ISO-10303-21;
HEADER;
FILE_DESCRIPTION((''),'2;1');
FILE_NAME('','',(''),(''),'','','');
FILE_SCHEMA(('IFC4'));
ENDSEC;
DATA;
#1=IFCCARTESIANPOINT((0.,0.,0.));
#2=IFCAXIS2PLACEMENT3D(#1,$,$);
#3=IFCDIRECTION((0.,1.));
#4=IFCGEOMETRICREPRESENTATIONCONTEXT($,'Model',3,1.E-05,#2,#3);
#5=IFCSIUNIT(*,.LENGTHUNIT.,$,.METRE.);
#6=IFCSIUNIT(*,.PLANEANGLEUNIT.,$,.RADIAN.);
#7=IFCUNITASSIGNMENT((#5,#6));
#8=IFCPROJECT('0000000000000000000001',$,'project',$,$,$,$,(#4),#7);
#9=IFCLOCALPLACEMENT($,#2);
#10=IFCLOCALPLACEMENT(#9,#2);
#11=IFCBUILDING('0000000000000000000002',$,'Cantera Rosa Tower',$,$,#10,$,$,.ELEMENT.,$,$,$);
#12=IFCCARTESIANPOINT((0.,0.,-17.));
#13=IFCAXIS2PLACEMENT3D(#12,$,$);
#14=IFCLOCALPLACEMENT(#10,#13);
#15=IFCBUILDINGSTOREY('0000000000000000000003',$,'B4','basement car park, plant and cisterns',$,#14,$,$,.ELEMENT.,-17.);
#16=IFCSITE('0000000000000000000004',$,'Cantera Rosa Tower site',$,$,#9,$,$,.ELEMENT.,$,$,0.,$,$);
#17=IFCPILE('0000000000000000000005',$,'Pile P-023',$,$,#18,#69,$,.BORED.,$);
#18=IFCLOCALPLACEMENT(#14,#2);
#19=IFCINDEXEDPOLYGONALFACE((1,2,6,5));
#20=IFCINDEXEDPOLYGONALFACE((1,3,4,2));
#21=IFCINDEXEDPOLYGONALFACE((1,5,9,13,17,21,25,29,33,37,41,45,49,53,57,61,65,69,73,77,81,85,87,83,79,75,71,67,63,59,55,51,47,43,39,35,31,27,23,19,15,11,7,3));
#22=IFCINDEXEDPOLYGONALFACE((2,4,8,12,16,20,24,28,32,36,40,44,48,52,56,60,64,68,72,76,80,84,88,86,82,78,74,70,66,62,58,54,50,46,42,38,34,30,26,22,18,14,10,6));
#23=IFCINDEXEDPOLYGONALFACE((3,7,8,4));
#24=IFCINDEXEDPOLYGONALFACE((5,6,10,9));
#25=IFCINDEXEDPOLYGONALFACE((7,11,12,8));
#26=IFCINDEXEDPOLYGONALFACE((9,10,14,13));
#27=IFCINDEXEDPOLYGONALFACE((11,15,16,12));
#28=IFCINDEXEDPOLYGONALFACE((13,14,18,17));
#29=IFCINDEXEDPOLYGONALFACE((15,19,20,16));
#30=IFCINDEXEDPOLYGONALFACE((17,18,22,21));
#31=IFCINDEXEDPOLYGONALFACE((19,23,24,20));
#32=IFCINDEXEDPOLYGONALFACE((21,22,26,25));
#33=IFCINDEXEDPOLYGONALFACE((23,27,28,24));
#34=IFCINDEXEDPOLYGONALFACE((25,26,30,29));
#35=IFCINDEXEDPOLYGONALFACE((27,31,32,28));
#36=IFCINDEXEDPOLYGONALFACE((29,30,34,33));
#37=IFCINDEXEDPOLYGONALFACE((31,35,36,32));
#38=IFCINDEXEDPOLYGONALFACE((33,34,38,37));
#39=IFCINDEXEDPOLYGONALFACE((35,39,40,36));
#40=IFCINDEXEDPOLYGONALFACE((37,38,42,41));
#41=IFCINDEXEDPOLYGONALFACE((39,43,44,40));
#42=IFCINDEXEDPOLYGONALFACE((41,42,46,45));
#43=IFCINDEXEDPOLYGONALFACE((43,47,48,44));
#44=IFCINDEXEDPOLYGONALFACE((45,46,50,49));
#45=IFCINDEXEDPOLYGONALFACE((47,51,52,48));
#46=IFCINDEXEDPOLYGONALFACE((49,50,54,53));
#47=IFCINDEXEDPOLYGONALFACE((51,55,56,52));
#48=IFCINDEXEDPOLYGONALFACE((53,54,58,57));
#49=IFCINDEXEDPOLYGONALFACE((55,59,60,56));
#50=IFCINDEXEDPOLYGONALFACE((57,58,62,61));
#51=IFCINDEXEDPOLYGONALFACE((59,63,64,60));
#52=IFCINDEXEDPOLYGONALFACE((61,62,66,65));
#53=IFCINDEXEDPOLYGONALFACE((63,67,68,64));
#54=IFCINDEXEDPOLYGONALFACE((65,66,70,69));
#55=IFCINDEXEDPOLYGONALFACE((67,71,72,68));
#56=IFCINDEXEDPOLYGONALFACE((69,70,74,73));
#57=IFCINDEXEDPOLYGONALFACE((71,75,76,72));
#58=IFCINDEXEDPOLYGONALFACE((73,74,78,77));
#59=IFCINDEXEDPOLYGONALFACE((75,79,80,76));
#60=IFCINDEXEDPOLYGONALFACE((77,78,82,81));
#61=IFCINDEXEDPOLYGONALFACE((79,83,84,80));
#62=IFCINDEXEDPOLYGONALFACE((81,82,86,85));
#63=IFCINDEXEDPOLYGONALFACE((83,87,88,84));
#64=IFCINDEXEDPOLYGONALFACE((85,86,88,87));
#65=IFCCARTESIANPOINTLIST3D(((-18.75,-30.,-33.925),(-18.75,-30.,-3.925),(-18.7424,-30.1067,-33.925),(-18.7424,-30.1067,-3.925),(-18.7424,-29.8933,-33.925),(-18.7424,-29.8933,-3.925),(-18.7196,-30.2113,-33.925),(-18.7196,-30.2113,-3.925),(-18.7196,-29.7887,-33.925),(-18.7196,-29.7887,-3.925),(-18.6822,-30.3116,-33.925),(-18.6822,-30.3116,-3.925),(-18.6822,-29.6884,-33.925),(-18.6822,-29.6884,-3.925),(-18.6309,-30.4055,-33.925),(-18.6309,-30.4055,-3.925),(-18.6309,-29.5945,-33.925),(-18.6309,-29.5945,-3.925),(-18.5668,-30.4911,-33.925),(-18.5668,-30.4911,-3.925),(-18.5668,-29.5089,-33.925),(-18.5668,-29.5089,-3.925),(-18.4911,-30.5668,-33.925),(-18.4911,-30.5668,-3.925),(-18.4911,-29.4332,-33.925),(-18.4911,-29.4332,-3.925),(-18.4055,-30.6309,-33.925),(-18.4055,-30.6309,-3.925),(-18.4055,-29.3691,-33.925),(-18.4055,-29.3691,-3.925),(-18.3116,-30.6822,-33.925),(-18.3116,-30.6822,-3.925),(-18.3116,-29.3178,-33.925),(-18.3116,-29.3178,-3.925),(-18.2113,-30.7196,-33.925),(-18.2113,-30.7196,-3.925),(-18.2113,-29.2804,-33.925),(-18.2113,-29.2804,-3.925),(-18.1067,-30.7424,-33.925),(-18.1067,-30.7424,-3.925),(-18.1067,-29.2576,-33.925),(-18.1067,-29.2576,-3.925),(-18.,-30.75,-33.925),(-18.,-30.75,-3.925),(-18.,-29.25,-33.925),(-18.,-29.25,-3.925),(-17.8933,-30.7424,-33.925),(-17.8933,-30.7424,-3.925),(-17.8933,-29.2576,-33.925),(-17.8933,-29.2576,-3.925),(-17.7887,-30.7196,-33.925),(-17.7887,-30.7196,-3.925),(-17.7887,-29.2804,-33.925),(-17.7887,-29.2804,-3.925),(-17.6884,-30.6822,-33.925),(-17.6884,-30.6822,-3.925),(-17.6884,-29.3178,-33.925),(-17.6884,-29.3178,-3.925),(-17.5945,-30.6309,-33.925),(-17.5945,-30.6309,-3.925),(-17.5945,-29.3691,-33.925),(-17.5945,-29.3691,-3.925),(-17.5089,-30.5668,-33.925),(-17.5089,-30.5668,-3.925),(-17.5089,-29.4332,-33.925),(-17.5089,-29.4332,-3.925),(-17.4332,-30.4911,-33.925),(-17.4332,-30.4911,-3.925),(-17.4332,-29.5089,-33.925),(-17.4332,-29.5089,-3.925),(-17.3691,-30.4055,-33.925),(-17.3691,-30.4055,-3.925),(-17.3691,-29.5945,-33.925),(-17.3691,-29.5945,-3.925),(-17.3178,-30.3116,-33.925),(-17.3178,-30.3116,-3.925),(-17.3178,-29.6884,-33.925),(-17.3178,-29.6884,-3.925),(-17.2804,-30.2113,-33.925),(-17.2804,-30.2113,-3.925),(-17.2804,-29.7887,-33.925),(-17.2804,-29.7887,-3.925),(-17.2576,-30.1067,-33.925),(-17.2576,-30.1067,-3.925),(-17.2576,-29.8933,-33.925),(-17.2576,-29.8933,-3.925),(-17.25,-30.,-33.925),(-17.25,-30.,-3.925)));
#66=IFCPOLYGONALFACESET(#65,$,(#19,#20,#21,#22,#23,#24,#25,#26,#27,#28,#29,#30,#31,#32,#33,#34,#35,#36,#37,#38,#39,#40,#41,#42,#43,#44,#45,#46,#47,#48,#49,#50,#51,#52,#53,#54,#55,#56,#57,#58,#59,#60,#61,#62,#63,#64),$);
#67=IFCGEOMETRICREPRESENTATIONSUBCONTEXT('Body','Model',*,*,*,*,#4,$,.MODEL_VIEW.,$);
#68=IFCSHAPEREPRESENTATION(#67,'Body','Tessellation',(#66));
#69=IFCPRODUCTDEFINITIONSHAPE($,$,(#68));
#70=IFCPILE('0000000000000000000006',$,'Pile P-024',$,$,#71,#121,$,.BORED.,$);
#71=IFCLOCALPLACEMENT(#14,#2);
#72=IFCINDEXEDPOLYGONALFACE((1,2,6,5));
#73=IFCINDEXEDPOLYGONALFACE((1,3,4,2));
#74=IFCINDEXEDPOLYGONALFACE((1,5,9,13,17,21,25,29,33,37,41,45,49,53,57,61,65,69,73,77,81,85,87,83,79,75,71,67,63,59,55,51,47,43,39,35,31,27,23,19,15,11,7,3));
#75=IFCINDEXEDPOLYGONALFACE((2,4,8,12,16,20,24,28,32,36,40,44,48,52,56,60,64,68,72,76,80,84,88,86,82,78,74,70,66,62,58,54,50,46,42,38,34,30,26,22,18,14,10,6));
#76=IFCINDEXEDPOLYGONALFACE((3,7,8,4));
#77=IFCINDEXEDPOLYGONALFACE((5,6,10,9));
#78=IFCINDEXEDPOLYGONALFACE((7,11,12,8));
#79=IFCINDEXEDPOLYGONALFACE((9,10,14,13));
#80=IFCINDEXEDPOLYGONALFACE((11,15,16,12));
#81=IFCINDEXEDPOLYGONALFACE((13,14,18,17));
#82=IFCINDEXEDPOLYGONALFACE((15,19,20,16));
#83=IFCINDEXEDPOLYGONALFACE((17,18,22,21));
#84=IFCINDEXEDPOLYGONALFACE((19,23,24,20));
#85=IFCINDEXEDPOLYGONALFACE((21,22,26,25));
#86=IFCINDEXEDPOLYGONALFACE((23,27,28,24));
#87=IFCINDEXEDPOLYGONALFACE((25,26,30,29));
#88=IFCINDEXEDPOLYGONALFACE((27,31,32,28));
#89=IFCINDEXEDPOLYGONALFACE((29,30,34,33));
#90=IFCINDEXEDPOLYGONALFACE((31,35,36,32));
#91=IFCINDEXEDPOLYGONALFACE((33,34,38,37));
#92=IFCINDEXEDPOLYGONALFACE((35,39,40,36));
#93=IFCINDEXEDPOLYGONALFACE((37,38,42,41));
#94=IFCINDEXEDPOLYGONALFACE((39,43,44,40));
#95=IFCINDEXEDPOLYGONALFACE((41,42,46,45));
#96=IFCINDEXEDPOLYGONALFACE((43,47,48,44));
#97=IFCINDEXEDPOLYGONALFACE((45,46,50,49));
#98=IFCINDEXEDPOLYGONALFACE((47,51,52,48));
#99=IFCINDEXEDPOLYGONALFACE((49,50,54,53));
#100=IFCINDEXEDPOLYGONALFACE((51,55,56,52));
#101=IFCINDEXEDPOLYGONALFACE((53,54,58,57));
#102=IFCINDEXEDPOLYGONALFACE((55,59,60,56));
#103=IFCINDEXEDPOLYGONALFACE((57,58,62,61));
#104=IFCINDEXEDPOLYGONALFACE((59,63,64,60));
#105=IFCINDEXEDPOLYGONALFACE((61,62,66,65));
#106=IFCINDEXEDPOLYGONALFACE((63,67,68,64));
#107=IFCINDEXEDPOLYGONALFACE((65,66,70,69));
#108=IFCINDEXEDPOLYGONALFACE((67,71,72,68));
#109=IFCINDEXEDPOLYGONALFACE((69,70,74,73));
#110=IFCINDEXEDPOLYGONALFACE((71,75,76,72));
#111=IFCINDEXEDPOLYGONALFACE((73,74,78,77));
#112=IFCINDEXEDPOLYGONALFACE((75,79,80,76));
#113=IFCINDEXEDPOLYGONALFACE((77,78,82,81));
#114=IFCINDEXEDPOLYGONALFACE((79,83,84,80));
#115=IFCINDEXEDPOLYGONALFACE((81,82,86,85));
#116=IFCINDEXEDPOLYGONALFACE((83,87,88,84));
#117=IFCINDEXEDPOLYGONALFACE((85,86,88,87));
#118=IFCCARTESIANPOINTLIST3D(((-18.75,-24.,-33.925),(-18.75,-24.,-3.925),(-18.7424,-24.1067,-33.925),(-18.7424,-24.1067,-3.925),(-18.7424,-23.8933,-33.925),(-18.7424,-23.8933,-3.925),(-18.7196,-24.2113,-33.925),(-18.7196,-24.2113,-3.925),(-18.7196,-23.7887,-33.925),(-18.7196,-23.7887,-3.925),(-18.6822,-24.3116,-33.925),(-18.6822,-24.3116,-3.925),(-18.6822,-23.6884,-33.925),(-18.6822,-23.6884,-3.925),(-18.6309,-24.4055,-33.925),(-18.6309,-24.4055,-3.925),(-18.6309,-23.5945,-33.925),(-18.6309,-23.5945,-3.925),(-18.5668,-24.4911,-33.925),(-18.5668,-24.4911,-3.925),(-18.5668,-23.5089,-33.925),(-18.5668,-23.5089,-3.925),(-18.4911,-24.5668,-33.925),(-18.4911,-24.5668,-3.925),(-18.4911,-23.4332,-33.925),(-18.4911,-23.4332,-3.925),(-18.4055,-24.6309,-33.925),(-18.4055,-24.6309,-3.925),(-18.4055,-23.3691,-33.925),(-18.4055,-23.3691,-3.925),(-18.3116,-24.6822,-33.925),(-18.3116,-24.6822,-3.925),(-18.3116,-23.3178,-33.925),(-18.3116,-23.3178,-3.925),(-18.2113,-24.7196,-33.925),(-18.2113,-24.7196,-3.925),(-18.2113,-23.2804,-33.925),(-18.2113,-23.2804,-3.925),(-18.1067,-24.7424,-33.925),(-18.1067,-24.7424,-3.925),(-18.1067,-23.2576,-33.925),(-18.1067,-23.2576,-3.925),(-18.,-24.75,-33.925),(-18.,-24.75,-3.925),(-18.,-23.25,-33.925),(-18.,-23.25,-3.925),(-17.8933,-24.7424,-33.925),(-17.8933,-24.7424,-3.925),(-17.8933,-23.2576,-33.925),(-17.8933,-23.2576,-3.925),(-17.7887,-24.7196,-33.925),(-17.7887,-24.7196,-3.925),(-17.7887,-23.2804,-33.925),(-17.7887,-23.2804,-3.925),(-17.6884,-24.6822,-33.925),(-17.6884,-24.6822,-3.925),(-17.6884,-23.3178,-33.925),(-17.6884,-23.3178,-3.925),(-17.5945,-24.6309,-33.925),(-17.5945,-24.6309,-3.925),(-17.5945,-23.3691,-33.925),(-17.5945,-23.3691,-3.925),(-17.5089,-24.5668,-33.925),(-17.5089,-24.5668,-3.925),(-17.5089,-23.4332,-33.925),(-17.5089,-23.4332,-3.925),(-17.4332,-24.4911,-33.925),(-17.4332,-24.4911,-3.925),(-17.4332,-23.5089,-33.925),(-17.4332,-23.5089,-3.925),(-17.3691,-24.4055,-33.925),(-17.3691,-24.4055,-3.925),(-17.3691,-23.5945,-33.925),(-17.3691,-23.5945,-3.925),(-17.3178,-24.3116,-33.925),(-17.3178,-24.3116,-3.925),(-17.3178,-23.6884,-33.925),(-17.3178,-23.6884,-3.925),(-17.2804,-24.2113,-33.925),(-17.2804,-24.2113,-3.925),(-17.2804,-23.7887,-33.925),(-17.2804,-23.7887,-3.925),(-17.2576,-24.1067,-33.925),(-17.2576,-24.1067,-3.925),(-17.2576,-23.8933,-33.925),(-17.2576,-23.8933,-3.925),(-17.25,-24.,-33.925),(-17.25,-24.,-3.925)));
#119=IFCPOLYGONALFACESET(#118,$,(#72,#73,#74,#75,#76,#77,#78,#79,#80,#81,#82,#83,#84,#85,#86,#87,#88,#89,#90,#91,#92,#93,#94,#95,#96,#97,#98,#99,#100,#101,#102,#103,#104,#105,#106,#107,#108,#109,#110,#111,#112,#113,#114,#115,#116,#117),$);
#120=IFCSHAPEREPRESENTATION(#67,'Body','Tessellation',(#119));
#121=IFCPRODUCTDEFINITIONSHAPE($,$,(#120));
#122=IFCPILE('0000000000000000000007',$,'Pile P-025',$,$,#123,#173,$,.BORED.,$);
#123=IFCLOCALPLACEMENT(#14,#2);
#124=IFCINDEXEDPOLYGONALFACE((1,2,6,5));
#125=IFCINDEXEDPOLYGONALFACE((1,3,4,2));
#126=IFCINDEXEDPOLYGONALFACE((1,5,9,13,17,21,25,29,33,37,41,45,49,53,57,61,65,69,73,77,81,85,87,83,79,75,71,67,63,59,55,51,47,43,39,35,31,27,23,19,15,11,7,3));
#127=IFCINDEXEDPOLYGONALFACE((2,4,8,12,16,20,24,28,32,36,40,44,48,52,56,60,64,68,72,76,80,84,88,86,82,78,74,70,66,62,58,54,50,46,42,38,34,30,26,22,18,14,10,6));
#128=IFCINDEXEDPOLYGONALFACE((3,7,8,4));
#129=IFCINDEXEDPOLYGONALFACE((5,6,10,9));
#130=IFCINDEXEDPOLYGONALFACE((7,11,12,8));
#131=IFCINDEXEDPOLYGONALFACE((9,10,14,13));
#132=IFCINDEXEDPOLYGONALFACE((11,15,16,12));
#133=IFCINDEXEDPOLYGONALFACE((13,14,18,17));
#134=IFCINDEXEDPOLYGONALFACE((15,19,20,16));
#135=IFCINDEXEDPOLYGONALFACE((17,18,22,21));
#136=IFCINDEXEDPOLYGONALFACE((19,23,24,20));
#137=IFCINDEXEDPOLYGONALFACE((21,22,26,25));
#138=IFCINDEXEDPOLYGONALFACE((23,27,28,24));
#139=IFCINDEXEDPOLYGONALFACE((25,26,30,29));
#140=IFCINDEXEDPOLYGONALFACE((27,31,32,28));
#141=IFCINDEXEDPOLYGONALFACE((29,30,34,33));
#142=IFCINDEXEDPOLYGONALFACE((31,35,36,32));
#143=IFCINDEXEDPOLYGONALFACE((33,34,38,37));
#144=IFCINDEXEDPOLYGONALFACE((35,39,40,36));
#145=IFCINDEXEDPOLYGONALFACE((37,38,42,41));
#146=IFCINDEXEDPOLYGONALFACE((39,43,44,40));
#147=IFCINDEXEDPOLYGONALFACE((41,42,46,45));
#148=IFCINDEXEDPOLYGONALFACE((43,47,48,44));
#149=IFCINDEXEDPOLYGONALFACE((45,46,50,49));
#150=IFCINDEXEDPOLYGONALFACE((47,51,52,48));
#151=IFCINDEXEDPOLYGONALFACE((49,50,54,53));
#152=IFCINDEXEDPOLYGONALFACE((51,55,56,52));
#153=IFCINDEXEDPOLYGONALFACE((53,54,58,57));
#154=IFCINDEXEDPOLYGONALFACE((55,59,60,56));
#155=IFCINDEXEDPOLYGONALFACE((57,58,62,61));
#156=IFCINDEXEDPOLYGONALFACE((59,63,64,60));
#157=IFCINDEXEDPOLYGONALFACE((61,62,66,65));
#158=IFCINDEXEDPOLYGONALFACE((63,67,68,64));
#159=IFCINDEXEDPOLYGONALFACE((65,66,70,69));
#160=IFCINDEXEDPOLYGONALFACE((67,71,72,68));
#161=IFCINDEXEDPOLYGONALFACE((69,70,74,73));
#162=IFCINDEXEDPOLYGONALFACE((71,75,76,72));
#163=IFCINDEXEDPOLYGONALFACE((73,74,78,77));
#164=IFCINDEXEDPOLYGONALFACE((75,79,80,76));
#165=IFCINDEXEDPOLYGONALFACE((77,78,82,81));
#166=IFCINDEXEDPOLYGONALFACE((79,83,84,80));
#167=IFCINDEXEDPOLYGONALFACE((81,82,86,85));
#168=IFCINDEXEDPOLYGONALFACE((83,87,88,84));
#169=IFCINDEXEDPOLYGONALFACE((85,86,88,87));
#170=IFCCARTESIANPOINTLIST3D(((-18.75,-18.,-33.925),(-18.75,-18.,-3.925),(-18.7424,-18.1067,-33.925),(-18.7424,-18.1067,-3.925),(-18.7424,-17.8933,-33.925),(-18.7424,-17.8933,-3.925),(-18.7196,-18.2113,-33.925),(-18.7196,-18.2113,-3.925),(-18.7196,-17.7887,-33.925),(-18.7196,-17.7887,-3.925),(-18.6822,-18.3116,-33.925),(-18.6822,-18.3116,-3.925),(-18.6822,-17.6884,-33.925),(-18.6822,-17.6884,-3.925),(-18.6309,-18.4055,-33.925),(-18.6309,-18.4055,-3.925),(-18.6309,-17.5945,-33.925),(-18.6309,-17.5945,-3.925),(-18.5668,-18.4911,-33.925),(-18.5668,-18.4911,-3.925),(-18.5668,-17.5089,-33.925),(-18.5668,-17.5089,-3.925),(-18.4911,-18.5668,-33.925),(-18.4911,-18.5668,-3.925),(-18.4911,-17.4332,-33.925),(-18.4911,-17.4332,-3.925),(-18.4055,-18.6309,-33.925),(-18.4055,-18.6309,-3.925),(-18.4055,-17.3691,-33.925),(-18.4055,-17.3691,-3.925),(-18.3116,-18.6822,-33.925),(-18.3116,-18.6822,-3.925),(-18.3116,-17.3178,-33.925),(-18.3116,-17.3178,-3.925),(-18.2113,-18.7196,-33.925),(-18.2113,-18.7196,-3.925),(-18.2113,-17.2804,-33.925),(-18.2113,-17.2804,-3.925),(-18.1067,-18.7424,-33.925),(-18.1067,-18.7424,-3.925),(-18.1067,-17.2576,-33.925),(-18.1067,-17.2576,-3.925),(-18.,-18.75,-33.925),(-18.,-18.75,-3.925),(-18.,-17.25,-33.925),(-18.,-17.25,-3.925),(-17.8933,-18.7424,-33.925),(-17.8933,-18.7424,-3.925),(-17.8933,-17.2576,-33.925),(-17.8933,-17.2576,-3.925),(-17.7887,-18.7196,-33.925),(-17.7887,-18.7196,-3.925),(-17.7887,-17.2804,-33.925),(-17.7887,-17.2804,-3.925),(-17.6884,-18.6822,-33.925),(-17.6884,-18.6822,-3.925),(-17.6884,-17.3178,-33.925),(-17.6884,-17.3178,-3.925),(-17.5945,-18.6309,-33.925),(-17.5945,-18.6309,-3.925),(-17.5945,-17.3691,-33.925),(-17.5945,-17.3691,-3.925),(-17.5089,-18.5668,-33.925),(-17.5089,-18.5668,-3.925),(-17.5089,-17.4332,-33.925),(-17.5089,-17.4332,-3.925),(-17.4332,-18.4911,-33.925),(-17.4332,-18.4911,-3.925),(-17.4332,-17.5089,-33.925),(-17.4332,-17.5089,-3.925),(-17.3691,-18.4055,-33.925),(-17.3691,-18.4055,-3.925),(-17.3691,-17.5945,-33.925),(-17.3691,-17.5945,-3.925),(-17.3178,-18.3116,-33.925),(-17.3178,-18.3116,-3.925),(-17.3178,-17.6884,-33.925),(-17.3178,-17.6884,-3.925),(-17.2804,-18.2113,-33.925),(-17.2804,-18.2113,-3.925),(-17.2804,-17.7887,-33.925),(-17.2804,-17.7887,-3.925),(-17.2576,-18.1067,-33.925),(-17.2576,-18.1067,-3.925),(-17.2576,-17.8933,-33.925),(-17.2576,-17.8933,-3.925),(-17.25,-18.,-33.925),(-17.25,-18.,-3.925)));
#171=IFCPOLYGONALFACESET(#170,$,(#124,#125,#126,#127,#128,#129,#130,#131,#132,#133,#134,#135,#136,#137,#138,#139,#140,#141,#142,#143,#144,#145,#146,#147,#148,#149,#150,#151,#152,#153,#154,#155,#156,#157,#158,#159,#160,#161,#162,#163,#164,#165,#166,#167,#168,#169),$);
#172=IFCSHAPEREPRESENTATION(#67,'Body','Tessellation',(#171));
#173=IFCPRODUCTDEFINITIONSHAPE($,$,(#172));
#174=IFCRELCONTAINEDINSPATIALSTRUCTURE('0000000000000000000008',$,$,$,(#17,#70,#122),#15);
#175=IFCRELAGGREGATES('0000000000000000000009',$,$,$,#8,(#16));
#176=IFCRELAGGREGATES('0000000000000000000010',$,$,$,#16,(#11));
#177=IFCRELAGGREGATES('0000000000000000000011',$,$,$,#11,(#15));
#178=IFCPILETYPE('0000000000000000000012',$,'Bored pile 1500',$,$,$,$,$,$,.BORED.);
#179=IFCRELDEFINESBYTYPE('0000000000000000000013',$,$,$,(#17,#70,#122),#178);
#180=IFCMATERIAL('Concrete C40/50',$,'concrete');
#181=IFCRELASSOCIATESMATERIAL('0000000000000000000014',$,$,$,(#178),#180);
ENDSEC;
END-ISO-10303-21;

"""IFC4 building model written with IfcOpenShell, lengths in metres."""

from ifc_helpers import new_model, si_unit, direction, frame, origin, origin_2d, place, context, subcontext, project, spatial, circle, extrude, material, material_profile, profile_set, type_object, element, save


model = new_model("IFC4")

# Units and contexts
model_context = context("Model", 3, precision=1e-05, world=origin(), true_north=direction((0.0, 1.0)))
body_context = subcontext(model_context, "Body", "Model", "MODEL_VIEW")
ifc_project = project(units=[si_unit("LENGTHUNIT", "METRE"), si_unit("PLANEANGLEUNIT", "RADIAN")], contexts=[model_context])

# Site, building, storey
site_placement = place(None, origin())
site = spatial("IfcSite", under=ifc_project, at=site_placement, Name="Cantera Rosa Tower site", CompositionType="ELEMENT", RefElevation=0.0)
building_placement = place(site_placement, origin())
building = spatial("IfcBuilding", under=site, at=building_placement, Name="Cantera Rosa Tower", CompositionType="ELEMENT")
storey_placement = place(building_placement, frame((0.0, 0.0, -17.0)))
storey = spatial("IfcBuildingStorey", under=building, at=storey_placement, Name="B4", Description="basement car park, plant and cisterns", CompositionType="ELEMENT", Elevation=-17.0)

# Piles
ifc_material_1 = material(Name="Concrete C40/50", Category="concrete")
ifc_material_profile_1 = material_profile(ifc_material_1, circle(Radius=0.75, at=origin_2d()), Name="Bored pile 1500")
ifc_profile_set_1 = profile_set([ifc_material_profile_1], Name="Concrete C40/50")
pile_type = type_object("IfcPileType", Name="Bored pile 1500", PredefinedType="BORED", material=ifc_profile_set_1)
for number, where, z_axis, x_axis, name in (
    (1, (-18.0, -30.0, -3.925), (0.0, 0.0, -1.0), (1.0, 0.0, 0.0), "Pile P-023"),
    (2, (-18.0, -24.0, -3.925), (0.0, 0.0, -1.0), (1.0, 0.0, 0.0), "Pile P-024"),
    (3, (-18.0, -18.0, -3.925), (0.0, 0.0, -1.0), (1.0, 0.0, 0.0), "Pile P-025"),
):
    element("IfcPile", number, at=place(storey_placement, frame(where, z_axis=z_axis, x_axis=x_axis)), inside=storey, type_object=pile_type, Name=name, PredefinedType="BORED", context=body_context, shape_type="SweptSolid", body=[
        extrude(circle(Radius=0.75, at=origin_2d()), origin(), (0.0, 0.0, 1.0), 30.0),
    ])

save(model, "model.ifc")
